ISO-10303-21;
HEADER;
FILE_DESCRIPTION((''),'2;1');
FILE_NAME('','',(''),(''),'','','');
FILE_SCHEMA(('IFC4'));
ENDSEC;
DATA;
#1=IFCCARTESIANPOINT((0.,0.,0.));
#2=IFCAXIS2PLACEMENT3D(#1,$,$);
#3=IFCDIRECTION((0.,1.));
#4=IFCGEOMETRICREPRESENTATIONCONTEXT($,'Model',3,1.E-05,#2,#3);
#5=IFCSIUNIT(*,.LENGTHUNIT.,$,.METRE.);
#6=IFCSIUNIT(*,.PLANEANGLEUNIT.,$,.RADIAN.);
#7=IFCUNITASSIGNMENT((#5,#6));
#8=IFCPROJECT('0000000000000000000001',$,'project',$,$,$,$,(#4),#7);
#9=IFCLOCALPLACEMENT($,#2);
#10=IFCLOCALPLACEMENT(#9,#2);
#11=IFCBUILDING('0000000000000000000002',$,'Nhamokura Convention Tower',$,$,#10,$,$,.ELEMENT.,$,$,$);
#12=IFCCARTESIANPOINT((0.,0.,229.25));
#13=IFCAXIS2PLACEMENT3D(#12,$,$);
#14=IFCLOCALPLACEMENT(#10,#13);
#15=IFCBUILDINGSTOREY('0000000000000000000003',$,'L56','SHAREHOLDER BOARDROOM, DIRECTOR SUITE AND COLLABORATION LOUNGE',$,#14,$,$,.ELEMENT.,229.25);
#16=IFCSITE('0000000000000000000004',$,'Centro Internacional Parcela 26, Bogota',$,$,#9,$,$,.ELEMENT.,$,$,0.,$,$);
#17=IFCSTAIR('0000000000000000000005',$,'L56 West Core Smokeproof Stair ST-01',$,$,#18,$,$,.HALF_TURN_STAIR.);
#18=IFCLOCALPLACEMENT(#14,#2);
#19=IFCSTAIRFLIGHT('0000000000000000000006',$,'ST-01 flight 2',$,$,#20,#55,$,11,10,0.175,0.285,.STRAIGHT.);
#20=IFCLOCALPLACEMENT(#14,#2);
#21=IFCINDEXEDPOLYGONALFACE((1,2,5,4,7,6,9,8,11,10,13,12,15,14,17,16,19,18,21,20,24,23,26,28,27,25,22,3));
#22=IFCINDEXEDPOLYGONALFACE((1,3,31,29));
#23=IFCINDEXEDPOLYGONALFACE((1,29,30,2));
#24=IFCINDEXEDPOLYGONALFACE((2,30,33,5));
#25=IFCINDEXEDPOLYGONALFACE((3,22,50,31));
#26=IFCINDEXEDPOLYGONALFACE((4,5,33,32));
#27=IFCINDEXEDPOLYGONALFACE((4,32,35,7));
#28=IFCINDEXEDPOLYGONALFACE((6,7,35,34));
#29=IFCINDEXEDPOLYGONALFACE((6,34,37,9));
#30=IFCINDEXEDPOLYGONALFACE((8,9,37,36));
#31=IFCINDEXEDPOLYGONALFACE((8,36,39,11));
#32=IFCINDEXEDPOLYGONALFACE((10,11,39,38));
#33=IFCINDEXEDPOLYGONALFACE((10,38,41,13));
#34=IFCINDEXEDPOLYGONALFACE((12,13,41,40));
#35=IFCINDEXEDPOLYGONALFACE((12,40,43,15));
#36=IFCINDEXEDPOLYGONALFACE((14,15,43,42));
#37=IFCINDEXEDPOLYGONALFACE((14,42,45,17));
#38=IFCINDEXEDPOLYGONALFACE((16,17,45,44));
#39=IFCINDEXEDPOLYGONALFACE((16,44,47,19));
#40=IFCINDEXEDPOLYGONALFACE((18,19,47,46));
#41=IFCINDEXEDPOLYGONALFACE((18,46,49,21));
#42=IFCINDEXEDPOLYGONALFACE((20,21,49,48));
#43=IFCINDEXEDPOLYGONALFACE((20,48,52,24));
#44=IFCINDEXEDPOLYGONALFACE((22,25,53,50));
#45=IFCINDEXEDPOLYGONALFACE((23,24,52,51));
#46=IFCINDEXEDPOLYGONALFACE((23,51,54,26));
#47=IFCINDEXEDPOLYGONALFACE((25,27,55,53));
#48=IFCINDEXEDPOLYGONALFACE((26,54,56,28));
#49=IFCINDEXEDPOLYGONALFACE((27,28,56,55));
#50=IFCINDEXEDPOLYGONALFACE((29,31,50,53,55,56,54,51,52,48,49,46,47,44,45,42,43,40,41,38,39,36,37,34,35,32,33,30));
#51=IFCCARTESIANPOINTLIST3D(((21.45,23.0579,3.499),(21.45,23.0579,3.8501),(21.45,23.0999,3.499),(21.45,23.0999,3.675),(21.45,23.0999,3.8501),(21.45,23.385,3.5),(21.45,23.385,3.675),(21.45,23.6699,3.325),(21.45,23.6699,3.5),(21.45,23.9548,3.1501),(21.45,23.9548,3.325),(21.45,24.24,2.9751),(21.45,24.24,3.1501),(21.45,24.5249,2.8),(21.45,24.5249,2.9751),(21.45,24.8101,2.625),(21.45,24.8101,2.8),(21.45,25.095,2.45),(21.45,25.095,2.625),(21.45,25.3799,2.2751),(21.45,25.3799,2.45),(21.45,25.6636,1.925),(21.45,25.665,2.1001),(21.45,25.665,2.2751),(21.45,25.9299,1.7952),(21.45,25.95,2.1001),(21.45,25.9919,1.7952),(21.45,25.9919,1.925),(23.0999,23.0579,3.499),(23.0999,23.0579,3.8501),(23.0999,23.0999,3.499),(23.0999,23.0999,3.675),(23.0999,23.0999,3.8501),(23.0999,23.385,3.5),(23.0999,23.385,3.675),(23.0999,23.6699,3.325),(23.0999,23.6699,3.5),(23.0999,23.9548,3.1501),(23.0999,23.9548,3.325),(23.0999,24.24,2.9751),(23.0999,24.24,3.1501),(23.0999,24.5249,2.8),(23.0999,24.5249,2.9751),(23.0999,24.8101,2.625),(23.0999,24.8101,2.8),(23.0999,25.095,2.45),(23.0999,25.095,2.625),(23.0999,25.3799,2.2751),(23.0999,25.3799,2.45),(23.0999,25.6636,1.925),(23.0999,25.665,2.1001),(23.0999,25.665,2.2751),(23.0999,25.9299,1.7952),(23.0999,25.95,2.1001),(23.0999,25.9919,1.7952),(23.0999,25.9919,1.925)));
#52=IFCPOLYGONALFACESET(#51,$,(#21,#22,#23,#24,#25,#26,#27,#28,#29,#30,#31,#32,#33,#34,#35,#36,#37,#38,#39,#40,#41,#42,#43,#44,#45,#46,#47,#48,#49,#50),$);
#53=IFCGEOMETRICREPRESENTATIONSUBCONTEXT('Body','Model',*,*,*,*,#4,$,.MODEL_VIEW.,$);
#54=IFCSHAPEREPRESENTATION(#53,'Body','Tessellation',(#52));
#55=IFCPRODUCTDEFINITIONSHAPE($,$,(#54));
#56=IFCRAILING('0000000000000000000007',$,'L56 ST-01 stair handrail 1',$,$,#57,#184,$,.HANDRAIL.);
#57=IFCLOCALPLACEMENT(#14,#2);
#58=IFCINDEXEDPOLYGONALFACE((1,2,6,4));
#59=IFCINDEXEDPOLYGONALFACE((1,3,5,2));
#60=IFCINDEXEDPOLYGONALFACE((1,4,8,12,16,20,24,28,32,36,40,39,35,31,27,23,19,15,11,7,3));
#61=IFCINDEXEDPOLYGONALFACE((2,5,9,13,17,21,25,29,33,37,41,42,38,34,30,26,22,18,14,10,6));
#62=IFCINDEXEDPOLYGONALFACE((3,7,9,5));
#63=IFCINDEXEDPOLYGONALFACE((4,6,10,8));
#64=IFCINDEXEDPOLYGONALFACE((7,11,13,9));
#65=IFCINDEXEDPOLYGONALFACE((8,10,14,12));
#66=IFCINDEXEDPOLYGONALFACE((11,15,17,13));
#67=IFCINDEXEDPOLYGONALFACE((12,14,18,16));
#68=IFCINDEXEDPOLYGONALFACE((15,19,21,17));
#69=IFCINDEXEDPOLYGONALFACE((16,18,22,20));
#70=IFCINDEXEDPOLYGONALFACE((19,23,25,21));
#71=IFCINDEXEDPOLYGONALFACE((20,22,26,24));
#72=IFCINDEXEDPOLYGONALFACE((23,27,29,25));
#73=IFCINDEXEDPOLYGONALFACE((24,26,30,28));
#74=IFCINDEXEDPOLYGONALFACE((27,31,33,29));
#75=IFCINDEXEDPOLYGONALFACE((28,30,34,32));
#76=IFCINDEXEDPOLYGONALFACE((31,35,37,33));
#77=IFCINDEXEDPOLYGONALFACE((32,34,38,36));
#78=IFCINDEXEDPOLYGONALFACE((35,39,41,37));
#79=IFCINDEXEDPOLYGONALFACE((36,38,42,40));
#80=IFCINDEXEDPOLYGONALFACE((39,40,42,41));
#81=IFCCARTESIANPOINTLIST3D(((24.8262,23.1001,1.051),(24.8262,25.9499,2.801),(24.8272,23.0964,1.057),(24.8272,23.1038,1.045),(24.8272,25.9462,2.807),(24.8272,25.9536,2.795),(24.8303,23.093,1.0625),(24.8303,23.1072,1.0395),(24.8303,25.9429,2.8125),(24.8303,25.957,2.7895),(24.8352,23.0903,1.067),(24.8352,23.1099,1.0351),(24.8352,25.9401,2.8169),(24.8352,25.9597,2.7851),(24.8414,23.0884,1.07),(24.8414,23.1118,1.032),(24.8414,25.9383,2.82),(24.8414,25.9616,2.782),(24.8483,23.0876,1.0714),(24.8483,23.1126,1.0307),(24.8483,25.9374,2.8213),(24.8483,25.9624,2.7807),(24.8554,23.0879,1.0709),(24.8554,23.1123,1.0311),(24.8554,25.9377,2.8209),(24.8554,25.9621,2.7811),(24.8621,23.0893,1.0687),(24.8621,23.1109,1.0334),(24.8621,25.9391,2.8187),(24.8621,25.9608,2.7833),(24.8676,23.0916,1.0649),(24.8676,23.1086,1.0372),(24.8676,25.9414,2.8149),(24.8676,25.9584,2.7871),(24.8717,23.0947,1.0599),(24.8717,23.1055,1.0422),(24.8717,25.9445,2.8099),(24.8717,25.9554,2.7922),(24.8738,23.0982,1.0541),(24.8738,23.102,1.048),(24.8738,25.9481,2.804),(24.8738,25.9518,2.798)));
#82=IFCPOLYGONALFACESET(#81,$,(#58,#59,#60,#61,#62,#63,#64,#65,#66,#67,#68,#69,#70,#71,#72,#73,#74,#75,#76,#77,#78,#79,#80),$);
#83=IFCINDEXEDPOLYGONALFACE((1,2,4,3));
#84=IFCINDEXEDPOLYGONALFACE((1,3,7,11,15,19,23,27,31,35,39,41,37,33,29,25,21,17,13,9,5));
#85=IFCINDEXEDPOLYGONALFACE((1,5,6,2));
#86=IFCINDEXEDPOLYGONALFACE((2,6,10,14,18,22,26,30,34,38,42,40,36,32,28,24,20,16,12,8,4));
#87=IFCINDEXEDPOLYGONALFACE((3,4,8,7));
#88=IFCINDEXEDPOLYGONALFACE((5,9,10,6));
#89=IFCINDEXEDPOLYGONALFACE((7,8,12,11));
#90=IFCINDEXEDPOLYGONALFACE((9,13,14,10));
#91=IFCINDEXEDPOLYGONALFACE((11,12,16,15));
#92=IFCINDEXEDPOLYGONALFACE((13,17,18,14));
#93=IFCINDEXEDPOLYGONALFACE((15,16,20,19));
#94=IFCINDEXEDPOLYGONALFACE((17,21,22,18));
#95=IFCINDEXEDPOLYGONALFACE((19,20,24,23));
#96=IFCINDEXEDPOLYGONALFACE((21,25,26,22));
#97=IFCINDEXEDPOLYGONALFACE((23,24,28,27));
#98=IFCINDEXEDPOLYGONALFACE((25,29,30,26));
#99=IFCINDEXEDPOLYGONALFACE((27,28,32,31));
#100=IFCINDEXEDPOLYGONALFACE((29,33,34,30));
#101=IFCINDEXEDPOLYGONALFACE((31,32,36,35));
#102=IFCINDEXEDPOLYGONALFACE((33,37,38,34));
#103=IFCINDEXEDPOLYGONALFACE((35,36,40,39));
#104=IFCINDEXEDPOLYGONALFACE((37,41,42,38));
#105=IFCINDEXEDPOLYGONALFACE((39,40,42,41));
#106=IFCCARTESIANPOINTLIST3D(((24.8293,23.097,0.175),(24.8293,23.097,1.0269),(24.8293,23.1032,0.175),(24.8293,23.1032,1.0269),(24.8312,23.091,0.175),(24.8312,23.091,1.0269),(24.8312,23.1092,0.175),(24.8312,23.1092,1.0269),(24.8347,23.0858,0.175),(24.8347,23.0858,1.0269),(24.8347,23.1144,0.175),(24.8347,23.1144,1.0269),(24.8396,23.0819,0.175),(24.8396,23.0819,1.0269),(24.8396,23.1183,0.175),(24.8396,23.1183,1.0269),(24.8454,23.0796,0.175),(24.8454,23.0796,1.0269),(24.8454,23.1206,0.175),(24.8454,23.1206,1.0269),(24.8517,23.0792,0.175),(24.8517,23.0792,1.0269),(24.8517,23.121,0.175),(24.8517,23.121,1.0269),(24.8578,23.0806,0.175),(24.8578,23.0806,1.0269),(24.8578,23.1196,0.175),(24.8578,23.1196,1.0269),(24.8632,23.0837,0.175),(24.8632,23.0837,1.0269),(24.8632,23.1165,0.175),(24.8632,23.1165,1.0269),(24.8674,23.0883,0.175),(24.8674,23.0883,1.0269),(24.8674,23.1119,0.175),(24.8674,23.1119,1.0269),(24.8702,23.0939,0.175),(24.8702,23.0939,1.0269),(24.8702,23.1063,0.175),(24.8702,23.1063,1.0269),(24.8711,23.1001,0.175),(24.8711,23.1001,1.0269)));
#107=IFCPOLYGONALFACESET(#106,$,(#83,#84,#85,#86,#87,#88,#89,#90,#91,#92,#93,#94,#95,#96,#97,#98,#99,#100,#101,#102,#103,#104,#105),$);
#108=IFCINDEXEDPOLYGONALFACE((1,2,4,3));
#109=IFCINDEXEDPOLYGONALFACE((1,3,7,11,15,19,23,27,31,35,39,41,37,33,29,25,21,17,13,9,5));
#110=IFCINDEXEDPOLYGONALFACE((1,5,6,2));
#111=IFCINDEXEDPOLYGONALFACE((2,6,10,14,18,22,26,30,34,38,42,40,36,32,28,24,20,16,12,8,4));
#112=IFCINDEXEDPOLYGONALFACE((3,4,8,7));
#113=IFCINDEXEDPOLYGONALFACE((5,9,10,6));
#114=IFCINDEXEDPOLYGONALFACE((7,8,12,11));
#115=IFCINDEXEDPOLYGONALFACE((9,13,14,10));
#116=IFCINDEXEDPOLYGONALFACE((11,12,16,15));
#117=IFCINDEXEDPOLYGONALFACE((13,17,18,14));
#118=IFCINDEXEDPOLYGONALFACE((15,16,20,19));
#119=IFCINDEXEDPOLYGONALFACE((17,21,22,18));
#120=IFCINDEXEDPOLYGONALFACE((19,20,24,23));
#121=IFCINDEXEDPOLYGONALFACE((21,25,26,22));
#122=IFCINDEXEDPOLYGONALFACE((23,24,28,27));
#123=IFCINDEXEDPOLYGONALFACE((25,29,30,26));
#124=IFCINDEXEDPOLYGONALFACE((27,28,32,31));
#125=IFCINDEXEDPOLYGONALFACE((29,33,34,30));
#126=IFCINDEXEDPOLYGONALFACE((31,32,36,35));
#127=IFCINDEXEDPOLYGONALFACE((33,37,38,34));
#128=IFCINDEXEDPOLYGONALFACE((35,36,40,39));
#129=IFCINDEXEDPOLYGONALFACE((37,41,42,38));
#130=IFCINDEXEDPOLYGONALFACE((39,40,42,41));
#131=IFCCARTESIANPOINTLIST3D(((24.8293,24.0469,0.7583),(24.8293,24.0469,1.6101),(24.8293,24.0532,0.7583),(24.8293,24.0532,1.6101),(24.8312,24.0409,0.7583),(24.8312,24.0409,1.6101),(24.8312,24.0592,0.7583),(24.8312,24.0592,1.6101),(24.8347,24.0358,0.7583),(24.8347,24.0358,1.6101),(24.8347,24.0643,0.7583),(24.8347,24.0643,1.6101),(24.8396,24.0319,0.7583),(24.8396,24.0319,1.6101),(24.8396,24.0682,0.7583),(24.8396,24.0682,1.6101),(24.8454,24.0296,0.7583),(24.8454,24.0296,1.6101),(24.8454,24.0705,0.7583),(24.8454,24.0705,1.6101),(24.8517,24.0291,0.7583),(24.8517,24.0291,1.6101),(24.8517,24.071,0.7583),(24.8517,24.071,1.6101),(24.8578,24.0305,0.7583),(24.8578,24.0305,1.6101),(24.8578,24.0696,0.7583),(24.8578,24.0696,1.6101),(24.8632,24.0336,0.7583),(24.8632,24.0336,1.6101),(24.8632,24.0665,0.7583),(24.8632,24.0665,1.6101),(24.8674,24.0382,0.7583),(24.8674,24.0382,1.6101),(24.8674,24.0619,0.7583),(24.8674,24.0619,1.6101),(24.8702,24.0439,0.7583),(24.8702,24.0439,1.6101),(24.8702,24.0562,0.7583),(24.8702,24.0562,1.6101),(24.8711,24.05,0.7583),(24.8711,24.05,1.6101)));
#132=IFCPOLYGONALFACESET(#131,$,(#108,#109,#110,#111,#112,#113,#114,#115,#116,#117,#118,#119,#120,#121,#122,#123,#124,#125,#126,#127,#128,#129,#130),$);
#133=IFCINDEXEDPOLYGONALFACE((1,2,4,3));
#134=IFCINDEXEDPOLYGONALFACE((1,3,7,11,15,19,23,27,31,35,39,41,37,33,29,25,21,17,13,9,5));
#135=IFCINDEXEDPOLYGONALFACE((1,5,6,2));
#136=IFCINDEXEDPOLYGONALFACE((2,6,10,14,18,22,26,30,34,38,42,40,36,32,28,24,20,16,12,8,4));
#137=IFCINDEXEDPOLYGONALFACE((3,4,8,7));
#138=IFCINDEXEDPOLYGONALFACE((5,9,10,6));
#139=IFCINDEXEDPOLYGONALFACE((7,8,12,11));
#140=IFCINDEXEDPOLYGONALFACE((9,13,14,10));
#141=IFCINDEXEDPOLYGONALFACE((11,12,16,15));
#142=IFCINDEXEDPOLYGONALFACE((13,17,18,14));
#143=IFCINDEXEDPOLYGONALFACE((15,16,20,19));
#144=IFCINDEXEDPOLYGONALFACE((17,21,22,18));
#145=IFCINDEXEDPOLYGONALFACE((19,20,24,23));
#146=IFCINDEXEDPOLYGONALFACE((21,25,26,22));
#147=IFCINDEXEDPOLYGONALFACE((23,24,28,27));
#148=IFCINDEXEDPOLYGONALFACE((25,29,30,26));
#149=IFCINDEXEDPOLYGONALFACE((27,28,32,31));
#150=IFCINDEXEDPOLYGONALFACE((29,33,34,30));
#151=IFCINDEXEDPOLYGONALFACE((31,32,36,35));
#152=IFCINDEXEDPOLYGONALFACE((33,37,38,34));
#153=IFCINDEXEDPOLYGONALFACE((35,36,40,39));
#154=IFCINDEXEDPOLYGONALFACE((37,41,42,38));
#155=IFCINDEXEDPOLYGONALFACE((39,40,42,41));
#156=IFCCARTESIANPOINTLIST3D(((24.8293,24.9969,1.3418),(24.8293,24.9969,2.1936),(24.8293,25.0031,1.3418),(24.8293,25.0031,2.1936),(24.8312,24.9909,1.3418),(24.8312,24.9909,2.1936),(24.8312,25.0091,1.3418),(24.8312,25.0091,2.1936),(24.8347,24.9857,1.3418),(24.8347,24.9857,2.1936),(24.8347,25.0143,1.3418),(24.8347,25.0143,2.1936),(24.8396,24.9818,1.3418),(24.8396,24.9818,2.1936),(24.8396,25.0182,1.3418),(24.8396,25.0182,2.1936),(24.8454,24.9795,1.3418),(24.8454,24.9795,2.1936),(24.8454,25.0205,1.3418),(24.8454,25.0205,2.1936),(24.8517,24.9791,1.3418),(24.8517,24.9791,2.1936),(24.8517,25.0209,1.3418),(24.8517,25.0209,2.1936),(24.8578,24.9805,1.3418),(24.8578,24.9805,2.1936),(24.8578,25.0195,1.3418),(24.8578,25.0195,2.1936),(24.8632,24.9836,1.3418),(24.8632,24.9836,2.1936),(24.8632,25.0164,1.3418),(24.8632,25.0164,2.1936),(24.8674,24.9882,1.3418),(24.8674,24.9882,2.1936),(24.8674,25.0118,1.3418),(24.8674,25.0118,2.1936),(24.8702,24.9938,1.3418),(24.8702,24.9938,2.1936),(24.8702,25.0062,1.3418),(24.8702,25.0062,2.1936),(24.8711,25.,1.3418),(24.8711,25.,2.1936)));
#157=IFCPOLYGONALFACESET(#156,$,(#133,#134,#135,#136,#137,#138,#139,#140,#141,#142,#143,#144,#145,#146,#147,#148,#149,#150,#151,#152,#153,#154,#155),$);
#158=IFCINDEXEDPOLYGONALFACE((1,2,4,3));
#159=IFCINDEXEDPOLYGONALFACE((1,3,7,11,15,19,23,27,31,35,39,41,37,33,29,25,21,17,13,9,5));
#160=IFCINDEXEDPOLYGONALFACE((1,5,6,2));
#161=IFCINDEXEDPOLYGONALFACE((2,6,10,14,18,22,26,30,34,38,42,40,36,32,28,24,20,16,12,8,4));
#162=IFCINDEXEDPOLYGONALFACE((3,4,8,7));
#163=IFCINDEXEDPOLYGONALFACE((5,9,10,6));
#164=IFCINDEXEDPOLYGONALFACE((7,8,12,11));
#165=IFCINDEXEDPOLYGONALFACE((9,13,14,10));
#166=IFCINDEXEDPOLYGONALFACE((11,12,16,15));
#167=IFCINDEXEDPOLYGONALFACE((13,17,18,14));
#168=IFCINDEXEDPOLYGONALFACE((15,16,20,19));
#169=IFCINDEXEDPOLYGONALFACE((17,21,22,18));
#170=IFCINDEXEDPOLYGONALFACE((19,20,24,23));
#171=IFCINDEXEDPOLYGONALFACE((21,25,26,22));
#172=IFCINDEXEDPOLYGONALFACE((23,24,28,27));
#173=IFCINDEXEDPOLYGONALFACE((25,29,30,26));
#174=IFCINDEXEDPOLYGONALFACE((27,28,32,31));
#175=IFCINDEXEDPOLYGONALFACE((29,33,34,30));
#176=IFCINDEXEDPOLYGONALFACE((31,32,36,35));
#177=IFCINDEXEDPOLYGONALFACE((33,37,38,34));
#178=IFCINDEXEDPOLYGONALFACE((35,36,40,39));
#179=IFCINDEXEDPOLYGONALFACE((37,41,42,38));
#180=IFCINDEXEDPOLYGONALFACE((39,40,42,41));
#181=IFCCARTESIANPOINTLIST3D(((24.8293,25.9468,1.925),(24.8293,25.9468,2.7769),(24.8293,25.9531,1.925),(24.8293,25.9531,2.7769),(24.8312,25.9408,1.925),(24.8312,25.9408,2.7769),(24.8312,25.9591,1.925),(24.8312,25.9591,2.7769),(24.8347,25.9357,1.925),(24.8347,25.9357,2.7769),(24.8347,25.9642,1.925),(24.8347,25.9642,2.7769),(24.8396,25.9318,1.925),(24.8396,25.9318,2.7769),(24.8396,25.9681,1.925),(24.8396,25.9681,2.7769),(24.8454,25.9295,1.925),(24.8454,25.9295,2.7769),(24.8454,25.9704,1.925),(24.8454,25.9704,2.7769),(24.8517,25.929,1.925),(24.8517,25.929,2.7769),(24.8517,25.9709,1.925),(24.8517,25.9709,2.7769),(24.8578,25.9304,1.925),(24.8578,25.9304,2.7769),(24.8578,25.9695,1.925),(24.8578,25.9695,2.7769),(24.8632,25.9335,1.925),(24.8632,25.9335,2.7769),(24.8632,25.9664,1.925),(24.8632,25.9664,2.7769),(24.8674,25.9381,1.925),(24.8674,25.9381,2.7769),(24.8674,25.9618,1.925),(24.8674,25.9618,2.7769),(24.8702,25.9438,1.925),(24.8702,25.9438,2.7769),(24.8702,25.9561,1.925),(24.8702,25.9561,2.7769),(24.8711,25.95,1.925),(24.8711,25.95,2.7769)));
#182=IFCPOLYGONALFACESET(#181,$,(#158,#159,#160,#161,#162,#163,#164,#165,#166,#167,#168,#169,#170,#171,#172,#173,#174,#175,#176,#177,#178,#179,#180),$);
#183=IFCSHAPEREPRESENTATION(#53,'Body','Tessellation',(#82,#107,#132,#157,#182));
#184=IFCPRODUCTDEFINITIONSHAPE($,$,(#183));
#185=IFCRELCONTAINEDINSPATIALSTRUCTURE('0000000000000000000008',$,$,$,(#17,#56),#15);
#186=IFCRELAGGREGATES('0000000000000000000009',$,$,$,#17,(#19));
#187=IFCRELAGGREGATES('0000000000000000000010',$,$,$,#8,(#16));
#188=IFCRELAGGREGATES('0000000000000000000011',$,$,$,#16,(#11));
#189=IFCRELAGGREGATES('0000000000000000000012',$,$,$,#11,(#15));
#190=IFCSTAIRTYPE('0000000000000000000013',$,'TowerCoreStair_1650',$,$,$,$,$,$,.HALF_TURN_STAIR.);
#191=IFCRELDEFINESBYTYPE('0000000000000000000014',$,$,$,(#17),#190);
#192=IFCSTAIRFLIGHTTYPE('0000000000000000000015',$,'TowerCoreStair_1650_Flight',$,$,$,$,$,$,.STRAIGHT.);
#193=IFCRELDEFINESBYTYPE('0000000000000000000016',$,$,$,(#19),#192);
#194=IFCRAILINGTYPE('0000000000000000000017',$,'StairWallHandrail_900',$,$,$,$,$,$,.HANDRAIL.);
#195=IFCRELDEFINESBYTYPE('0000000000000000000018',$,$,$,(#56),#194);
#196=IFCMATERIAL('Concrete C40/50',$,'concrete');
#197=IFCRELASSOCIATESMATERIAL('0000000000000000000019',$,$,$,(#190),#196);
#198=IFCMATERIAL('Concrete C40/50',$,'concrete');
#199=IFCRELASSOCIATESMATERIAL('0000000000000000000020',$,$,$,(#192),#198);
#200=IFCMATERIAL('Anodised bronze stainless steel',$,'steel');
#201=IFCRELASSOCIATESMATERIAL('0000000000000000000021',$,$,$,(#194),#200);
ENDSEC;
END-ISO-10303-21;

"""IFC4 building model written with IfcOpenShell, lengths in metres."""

from ifc_helpers import new_model, si_unit, direction, frame, origin, origin_2d, place, context, subcontext, project, spatial, polyline, circle, outline, extrude, material, type_object, element, aggregate, save


model = new_model("IFC4")

# Units and contexts
model_context = context("Model", 3, precision=1e-05, world=origin(), true_north=direction((0.0, 1.0)))
body_context = subcontext(model_context, "Body", "Model", "MODEL_VIEW")
ifc_project = project(units=[si_unit("LENGTHUNIT", "METRE"), si_unit("PLANEANGLEUNIT", "RADIAN")], contexts=[model_context])

# Site, building, storey
site_placement = place(None, origin())
site = spatial("IfcSite", under=ifc_project, at=site_placement, Name="Centro Internacional Parcela 26, Bogota", CompositionType="ELEMENT", RefElevation=0.0)
building_placement = place(site_placement, origin())
building = spatial("IfcBuilding", under=site, at=building_placement, Name="Nhamokura Convention Tower", CompositionType="ELEMENT")
storey_placement = place(building_placement, frame((0.0, 0.0, 229.25)))
storey = spatial("IfcBuildingStorey", under=building, at=storey_placement, Name="L56", Description="SHAREHOLDER BOARDROOM, DIRECTOR SUITE AND COLLABORATION LOUNGE", CompositionType="ELEMENT", Elevation=229.25)

# Stair, stair flight
ifc_material_1 = material(Name="Concrete C40/50", Category="concrete")
stair_type = type_object("IfcStairType", Name="TowerCoreStair_1650", PredefinedType="HALF_TURN_STAIR", material=ifc_material_1)
stair_placement = place(storey_placement, origin())
stair = element("IfcStair", 1, at=stair_placement, inside=storey, type_object=stair_type, Name="L56 West Core Smokeproof Stair ST-01", PredefinedType="HALF_TURN_STAIR")
ifc_material_2 = material(Name="Concrete C40/50", Category="concrete")
stair_flight_type = type_object("IfcStairFlightType", Name="TowerCoreStair_1650_Flight", PredefinedType="STRAIGHT", material=ifc_material_2)
stair_flight_1_placement = place(storey_placement, frame((22.2749, 25.95, 1.925), z_axis=(0.0, 0.0, 1.0), x_axis=(0.0, -1.0, 0.0)))
stair_flight_1 = element("IfcStairFlight", 2, at=stair_flight_1_placement, type_object=stair_flight_type, Name="ST-01 flight 2", NumberOfRisers=11, NumberOfTreads=10, PredefinedType="STRAIGHT", RiserHeight=0.175, TreadLength=0.285, context=body_context, shape_type="SweptSolid", body=[
    extrude(outline(polyline([(-0.042, 0.0), (0.0, 0.175), (0.2849, 0.175), (0.2849, 0.3501), (0.5701, 0.3501), (0.5701, 0.5249), (0.855, 0.5249), (0.855, 0.7), (1.1399, 0.7), (1.1399, 0.875), (1.425, 0.875), (1.425, 1.05), (1.71, 1.05), (1.71, 1.2251), (1.9951, 1.2251), (1.9951, 1.3999), (2.28, 1.3999), (2.28, 1.575), (2.5649, 1.575), (2.5649, 1.75), (2.8501, 1.75), (2.8501, 1.925), (2.8921, 1.925), (2.8921, 1.574), (2.8501, 1.574), (0.2864, 0.0), (0.02, -0.1299), (-0.042, -0.1299), (-0.042, 0.0)])), frame((0.0, 0.825, 0.0), z_axis=(0.0, -1.0, 0.0), x_axis=(1.0, 0.0, 0.0)), (0.0, 0.0, 1.0), 1.6499),
])
aggregate(stair, [stair_flight_1])

# Railing
ifc_material_3 = material(Name="Anodised bronze stainless steel", Category="steel")
railing_type_1 = type_object("IfcRailingType", Name="StairWallHandrail_900", PredefinedType="HANDRAIL", material=ifc_material_3)
railing_1_placement = place(storey_placement, frame((24.8501, 23.1001, 0.175)))
element("IfcRailing", 3, at=railing_1_placement, inside=storey, type_object=railing_type_1, Name="L56 ST-01 stair handrail 1", PredefinedType="HANDRAIL", context=body_context, shape_type="SweptSolid", body=[
    extrude(circle(Radius=0.0239, at=origin_2d()), frame((0.0, 0.0, 0.876), z_axis=(0.0, 0.852159, 0.523283), x_axis=(-1.0, 0.0, 0.0)), (0.0, 0.0, 1.0), 3.3442),
    extrude(circle(Radius=0.021, at=origin_2d()), origin(), (0.0, 0.0, 1.0), 0.8518),
    extrude(circle(Radius=0.021, at=origin_2d()), frame((0.0, 0.95, 0.5833)), (0.0, 0.0, 1.0), 0.8518),
    extrude(circle(Radius=0.021, at=origin_2d()), frame((0.0, 1.8999, 1.1667)), (0.0, 0.0, 1.0), 0.8518),
    extrude(circle(Radius=0.021, at=origin_2d()), frame((0.0, 2.8499, 1.75)), (0.0, 0.0, 1.0), 0.8518),
])

save(model, "model.ifc")
